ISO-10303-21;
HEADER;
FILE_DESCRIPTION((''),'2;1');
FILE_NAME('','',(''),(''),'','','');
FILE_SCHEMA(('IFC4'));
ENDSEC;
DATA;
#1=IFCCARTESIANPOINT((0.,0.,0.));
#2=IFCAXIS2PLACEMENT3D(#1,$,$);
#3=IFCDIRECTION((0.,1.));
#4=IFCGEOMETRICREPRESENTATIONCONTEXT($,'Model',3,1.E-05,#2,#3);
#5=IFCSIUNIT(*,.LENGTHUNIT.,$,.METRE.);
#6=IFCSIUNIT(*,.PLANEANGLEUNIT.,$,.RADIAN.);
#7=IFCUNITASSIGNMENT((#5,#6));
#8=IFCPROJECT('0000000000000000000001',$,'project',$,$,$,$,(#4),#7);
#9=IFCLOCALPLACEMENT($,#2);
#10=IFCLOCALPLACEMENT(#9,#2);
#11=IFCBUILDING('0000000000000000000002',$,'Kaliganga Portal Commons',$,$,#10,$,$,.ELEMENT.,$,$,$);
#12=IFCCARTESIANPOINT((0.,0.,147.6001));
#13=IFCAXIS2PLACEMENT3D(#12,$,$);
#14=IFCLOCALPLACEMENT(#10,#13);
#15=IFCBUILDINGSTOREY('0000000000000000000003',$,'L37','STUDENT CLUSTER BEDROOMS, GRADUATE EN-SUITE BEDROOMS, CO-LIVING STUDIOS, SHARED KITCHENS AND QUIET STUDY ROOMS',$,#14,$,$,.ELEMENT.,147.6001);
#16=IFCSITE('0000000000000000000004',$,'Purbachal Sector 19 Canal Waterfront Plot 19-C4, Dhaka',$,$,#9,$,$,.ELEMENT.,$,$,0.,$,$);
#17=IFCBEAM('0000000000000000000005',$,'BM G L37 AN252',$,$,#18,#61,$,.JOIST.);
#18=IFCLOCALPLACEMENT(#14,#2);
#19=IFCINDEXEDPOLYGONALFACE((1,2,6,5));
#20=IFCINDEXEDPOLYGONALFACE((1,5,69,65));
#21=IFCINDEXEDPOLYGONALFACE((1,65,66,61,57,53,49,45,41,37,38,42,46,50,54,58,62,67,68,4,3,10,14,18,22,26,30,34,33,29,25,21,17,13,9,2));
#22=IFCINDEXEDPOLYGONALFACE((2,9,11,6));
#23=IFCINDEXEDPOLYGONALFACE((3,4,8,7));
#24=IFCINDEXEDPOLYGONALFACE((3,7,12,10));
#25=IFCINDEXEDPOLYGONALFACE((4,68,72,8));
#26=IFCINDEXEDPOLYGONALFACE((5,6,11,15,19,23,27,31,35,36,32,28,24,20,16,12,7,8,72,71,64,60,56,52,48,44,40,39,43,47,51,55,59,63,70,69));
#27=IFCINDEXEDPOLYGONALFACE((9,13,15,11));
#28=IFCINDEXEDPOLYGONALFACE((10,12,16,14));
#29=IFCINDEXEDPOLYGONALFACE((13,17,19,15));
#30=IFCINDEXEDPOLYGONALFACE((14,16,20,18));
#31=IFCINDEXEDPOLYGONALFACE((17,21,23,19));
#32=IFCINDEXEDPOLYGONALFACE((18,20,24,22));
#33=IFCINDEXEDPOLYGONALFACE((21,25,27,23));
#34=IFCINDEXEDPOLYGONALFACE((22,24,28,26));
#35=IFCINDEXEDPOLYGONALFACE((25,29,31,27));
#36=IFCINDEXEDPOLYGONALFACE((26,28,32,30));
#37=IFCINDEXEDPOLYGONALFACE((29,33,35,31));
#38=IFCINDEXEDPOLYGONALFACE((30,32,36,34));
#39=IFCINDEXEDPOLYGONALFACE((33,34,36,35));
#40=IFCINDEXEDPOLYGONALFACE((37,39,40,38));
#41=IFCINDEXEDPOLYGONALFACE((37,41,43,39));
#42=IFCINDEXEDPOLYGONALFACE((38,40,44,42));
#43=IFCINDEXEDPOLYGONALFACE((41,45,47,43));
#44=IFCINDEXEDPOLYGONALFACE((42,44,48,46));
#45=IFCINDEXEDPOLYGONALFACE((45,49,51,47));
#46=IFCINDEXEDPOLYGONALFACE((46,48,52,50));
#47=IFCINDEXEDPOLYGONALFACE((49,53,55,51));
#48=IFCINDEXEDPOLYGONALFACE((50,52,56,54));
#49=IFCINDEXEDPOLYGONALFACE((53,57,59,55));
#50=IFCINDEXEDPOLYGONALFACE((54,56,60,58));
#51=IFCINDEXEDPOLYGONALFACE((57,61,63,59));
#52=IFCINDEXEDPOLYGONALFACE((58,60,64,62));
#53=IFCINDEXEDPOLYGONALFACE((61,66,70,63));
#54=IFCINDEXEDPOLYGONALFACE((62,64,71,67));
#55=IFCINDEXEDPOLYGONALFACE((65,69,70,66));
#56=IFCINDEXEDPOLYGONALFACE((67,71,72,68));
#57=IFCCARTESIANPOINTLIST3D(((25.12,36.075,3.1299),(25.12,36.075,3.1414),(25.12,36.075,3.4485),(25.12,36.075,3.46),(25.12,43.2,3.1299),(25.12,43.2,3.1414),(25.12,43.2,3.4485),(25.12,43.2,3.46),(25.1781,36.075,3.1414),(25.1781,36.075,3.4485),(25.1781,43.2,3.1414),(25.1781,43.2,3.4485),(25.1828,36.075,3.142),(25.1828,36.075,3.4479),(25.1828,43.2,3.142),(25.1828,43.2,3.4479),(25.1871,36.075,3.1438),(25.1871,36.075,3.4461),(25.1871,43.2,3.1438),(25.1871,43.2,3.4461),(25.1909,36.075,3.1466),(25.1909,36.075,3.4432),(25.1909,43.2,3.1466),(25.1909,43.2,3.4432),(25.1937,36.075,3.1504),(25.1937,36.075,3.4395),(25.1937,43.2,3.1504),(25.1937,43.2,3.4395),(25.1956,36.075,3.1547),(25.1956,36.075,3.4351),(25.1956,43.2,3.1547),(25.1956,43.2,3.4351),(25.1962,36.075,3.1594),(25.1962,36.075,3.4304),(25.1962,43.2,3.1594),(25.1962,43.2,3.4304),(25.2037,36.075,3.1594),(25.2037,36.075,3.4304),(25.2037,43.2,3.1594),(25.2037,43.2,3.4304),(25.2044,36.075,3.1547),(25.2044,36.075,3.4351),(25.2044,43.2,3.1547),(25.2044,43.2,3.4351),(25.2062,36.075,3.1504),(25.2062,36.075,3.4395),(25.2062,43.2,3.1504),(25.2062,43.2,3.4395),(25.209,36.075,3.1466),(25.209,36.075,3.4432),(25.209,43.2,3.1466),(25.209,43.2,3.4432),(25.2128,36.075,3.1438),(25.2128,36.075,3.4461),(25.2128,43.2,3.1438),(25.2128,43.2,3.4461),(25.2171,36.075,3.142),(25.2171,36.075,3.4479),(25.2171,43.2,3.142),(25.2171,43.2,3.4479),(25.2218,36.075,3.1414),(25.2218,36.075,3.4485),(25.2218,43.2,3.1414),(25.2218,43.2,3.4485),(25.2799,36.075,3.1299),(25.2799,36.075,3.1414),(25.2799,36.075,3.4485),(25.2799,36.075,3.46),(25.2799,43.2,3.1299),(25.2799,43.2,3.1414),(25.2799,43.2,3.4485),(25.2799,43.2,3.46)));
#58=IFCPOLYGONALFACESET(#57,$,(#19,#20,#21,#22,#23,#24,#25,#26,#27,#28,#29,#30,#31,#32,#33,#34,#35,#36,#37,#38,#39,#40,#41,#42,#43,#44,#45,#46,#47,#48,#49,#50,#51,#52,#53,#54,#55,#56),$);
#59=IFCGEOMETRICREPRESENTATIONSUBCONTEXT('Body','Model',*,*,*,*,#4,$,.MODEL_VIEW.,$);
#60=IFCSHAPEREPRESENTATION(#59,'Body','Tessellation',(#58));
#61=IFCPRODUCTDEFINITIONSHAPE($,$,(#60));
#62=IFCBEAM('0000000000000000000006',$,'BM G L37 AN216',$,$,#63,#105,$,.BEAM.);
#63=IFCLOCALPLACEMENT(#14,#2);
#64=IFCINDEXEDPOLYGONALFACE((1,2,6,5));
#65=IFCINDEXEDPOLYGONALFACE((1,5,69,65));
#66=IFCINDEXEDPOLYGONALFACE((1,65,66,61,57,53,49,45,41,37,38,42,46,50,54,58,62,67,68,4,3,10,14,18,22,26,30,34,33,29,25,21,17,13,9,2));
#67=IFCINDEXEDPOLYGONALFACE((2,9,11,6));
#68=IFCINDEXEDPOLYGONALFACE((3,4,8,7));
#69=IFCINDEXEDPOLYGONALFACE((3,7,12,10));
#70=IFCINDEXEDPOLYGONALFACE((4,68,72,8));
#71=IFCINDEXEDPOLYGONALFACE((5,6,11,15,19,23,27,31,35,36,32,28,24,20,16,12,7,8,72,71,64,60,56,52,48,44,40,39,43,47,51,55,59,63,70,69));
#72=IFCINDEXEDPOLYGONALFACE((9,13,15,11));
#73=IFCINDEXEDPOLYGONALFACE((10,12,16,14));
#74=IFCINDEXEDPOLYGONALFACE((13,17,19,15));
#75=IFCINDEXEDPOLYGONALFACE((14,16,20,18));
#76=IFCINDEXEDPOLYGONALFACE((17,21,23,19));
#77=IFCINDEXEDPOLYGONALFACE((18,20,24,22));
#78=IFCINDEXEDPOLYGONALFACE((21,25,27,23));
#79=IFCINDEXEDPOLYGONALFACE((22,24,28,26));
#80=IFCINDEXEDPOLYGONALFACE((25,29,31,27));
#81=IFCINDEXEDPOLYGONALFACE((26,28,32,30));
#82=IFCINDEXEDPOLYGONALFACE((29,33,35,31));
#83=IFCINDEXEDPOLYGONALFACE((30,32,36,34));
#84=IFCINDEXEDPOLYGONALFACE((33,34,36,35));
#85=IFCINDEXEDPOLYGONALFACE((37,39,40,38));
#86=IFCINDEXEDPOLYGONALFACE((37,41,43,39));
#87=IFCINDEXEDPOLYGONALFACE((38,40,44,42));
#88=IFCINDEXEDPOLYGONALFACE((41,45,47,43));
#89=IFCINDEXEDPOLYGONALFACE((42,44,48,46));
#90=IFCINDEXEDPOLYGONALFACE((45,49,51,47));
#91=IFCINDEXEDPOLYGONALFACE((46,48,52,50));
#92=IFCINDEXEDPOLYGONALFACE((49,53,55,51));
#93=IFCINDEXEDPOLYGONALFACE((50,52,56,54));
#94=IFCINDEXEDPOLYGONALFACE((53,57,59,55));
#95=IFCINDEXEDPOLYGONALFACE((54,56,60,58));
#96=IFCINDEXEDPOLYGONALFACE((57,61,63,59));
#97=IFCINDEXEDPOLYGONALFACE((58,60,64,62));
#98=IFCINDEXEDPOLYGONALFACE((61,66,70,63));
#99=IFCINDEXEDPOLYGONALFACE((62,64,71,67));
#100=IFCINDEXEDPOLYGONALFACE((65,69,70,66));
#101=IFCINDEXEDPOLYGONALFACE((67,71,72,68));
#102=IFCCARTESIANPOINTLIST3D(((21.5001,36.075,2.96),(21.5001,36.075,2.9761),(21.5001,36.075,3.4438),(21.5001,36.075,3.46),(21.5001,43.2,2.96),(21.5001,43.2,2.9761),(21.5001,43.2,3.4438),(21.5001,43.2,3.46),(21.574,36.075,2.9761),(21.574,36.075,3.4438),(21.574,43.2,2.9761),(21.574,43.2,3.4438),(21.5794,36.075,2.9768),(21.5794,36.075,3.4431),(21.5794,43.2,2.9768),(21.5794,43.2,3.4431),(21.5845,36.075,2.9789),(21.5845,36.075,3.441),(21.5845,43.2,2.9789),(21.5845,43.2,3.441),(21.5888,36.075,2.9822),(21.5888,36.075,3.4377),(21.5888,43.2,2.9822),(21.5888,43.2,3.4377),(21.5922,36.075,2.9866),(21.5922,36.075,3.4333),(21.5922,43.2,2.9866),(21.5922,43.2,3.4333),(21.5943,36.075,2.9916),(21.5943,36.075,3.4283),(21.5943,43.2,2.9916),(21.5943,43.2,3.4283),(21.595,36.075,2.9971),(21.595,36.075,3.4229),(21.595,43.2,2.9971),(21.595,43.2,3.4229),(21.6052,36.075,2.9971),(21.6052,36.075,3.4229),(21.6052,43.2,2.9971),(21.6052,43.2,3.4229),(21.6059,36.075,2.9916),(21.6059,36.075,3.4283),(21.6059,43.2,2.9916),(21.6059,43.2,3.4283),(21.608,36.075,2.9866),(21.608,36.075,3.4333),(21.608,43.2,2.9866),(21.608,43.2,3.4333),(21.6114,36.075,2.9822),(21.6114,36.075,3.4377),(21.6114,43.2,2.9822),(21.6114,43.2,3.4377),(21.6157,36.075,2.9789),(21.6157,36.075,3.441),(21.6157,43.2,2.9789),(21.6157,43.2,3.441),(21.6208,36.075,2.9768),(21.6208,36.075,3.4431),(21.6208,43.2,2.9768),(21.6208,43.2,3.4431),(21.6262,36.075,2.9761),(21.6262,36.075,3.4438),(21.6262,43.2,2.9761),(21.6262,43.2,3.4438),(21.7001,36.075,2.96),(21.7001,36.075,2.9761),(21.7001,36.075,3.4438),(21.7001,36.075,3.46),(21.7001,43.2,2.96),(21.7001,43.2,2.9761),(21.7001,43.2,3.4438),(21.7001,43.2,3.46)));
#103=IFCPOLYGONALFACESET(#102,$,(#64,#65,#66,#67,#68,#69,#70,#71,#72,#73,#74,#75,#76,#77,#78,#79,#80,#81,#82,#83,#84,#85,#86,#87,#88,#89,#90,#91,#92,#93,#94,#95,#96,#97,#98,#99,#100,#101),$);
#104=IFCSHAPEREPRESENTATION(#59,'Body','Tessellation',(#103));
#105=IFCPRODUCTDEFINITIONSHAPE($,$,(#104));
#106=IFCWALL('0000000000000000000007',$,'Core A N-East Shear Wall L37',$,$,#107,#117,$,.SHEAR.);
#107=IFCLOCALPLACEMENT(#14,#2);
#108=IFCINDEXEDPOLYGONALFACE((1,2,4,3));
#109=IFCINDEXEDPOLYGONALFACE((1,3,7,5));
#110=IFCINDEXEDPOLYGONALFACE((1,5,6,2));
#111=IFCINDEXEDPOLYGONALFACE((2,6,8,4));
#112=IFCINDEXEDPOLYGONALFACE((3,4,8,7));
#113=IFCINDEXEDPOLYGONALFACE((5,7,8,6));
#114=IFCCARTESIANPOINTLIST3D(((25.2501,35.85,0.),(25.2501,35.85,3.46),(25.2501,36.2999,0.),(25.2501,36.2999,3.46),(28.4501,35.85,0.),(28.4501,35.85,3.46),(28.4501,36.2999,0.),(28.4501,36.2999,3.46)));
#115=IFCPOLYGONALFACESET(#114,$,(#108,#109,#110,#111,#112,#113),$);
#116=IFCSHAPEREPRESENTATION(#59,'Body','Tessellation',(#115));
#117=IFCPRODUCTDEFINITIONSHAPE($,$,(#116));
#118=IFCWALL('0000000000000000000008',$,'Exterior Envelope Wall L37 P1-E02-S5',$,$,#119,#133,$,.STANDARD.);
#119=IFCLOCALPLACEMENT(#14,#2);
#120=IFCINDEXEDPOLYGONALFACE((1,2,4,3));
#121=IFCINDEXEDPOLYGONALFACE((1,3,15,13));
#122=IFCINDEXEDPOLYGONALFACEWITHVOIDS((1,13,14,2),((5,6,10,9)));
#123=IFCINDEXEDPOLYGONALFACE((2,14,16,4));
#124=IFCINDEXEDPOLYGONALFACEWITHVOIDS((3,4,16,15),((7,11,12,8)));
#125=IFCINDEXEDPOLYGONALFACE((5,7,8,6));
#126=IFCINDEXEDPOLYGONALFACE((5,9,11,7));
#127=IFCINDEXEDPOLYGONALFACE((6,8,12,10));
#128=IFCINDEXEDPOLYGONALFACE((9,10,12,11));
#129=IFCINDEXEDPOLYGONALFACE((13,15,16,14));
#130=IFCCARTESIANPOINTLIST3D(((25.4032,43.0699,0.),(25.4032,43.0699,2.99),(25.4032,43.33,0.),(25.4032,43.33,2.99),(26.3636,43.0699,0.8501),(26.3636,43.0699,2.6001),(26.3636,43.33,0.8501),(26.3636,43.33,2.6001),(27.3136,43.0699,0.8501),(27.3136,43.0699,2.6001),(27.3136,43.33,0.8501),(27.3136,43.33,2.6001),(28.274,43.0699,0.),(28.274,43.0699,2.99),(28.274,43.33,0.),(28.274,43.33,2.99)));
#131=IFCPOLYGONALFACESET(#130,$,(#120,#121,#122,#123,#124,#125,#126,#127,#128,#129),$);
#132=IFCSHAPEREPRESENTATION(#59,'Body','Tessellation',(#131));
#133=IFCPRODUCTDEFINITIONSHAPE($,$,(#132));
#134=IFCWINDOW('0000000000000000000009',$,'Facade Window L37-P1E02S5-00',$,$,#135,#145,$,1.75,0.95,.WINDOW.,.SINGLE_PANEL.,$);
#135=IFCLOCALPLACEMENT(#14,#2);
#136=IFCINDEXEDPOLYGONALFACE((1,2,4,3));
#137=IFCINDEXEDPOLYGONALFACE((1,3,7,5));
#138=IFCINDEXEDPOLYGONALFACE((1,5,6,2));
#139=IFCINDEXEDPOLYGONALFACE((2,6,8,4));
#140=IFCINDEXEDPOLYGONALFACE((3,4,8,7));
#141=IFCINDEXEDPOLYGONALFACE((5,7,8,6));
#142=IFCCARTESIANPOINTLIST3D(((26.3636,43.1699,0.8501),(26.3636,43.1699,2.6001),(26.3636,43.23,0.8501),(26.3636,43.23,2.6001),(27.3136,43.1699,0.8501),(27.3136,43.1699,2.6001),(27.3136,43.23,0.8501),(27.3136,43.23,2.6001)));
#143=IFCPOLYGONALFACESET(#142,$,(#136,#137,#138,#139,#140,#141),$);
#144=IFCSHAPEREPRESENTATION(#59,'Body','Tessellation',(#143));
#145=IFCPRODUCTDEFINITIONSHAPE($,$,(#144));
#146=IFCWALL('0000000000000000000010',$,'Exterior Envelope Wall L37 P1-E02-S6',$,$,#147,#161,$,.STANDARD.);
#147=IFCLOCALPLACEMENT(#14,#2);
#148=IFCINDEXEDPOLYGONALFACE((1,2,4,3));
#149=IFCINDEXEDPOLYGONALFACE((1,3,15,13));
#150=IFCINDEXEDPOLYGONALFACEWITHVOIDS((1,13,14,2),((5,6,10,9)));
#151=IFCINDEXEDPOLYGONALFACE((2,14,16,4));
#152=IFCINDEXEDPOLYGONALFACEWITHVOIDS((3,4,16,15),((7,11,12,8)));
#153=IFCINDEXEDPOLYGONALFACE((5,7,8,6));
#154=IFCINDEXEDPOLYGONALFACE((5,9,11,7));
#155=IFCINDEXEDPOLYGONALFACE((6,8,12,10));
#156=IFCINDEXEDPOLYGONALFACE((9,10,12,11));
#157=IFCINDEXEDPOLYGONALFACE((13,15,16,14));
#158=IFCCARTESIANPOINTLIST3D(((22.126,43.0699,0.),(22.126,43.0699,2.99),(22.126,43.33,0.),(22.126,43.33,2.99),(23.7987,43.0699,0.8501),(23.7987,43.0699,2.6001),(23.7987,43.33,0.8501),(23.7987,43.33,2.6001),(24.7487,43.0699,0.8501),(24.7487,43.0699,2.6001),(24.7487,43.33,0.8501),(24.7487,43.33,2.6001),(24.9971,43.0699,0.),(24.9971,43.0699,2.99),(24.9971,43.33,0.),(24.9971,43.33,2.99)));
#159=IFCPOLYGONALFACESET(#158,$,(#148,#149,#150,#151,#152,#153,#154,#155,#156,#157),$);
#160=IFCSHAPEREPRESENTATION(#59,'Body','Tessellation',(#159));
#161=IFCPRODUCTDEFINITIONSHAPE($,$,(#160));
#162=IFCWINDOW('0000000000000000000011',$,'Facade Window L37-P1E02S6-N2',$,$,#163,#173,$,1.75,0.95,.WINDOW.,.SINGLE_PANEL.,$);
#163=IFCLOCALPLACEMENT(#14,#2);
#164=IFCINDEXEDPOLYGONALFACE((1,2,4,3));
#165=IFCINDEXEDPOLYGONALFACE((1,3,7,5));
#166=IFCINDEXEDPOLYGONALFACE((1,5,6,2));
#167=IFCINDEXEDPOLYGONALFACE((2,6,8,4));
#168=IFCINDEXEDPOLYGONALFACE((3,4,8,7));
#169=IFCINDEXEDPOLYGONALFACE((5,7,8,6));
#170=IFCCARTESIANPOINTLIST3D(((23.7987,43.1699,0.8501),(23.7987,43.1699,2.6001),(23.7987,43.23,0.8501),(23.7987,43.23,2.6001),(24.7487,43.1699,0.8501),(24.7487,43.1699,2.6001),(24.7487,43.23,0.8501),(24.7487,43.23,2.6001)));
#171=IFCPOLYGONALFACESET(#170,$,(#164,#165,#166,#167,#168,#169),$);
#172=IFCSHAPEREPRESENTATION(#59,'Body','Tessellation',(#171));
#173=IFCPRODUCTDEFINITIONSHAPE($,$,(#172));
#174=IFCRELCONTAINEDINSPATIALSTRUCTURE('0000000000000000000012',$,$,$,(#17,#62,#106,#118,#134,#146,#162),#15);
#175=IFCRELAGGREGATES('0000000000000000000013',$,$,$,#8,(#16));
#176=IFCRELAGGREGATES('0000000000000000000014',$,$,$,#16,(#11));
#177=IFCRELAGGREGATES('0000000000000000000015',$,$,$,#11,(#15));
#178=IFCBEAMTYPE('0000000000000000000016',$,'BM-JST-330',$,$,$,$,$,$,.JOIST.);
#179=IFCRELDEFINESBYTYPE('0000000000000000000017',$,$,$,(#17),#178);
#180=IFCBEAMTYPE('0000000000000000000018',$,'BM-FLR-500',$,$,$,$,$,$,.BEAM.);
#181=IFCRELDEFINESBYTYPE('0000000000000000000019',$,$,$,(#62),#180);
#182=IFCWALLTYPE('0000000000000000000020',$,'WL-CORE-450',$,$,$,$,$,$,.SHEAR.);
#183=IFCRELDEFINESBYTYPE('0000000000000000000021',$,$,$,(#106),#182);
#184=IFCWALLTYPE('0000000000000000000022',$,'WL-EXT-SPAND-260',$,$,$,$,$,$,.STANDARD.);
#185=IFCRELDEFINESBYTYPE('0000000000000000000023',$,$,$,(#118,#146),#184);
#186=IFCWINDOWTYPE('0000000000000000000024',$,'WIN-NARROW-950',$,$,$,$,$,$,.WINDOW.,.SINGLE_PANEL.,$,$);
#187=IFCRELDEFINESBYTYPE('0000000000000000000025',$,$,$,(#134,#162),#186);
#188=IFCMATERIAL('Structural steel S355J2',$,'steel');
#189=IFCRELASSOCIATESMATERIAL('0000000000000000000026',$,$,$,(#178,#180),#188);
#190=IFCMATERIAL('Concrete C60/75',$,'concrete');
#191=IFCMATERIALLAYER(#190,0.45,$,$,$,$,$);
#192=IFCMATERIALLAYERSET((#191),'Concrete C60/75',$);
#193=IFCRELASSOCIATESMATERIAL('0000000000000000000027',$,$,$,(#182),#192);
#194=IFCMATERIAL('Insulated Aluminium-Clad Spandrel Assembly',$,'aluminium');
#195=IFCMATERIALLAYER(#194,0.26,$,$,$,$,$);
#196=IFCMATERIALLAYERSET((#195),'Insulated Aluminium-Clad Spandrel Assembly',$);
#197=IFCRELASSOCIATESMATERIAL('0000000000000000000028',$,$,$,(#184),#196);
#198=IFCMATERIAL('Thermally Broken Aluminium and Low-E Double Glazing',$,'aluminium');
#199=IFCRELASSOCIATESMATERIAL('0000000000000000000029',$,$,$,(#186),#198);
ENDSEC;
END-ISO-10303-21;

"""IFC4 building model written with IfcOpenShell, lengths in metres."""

from ifc_helpers import new_model, si_unit, direction, frame, frame_2d, origin, origin_2d, place, context, subcontext, project, spatial, rectangle, i_section, extrude, source, transform, mapped, material, layer, layer_set, material_profile, profile_set, type_object, element, fill, save


model = new_model("IFC4")

# Units and contexts
model_context = context("Model", 3, precision=1e-05, world=origin(), true_north=direction((0.0, 1.0)))
body_context = subcontext(model_context, "Body", "Model", "MODEL_VIEW")
ifc_project = project(units=[si_unit("LENGTHUNIT", "METRE"), si_unit("PLANEANGLEUNIT", "RADIAN")], contexts=[model_context])

# Site, building, storey
site_placement = place(None, origin())
site = spatial("IfcSite", under=ifc_project, at=site_placement, Name="Purbachal Sector 19 Canal Waterfront Plot 19-C4, Dhaka", CompositionType="ELEMENT", RefElevation=0.0)
building_placement = place(site_placement, origin())
building = spatial("IfcBuilding", under=site, at=building_placement, Name="Kaliganga Portal Commons", CompositionType="ELEMENT")
storey_placement = place(building_placement, frame((0.0, 0.0, 147.6001)))
storey = spatial("IfcBuildingStorey", under=building, at=storey_placement, Name="L37", Description="STUDENT CLUSTER BEDROOMS, GRADUATE EN-SUITE BEDROOMS, CO-LIVING STUDIOS, SHARED KITCHENS AND QUIET STUDY ROOMS", CompositionType="ELEMENT", Elevation=147.6001)

# Shared definitions
ifc_material_1 = material(Name="Concrete C60/75", Category="concrete")

# Beams
ifc_material_2 = material(Name="Structural steel S355J2", Category="steel")
ifc_material_profile_1 = material_profile(ifc_material_2, i_section(OverallWidth=0.1599, OverallDepth=0.3301, WebThickness=0.0076, FlangeThickness=0.0115, FilletRadius=0.0181, at=origin_2d()), Name="IPE 330")
ifc_profile_set_1 = profile_set([ifc_material_profile_1], Name="Structural steel S355J2 wide-flange")
beam_type_1 = type_object("IfcBeamType", Name="BM-JST-330", PredefinedType="JOIST", material=ifc_profile_set_1)
shared_shape_1 = source(origin(), body_context, "Body", "SweptSolid", [
    extrude(i_section(OverallWidth=0.1599, OverallDepth=0.3301, WebThickness=0.0076, FlangeThickness=0.0115, FilletRadius=0.0181, at=origin_2d()), origin(), (0.0, 0.0, 1.0), 7.125),
])
for number, where, z_axis, x_axis, name in (
    (1, (25.2, 36.075, 3.2949), (0.0, 1.0, 0.0), (-1.0, 0.0, 0.0), "BM G L37 AN252"),
):
    element("IfcBeam", number, at=place(storey_placement, frame(where, z_axis=z_axis, x_axis=x_axis)), inside=storey, type_object=beam_type_1, Name=name, PredefinedType="JOIST", context=body_context, shape_type="MappedRepresentation", body=[
        mapped(shared_shape_1, transform((0.0, 0.0, 0.0), x_axis=(1.0, 0.0, 0.0), y_axis=(0.0, 1.0, 0.0), z_axis=(0.0, 0.0, 1.0), scale=1.0)),
    ])
ifc_material_profile_2 = material_profile(ifc_material_2, i_section(OverallWidth=0.2, OverallDepth=0.5, WebThickness=0.0103, FlangeThickness=0.0161, FilletRadius=0.021, at=origin_2d()), Name="IPE 500")
ifc_profile_set_2 = profile_set([ifc_material_profile_2], Name="Structural steel S355J2 wide-flange")
beam_type_2 = type_object("IfcBeamType", Name="BM-FLR-500", PredefinedType="BEAM", material=ifc_profile_set_2)
shared_shape_2 = source(origin(), body_context, "Body", "SweptSolid", [
    extrude(i_section(OverallWidth=0.2, OverallDepth=0.5, WebThickness=0.0103, FlangeThickness=0.0161, FilletRadius=0.021, at=origin_2d()), origin(), (0.0, 0.0, 1.0), 7.125),
])
beam_placement = place(storey_placement, frame((21.6001, 36.075, 3.21), z_axis=(0.0, 1.0, 0.0), x_axis=(-1.0, 0.0, 0.0)))
element("IfcBeam", 2, at=beam_placement, inside=storey, type_object=beam_type_2, Name="BM G L37 AN216", PredefinedType="BEAM", context=body_context, shape_type="MappedRepresentation", body=[
    mapped(shared_shape_2, transform((0.0, 0.0, 0.0), x_axis=(1.0, 0.0, 0.0), y_axis=(0.0, 1.0, 0.0), z_axis=(0.0, 0.0, 1.0), scale=1.0)),
])

# Wall
ifc_layer_1 = layer(ifc_material_1, 0.45)
ifc_layer_set_1 = layer_set([ifc_layer_1], Name="Concrete C60/75")
wall_type_1 = type_object("IfcWallType", Name="WL-CORE-450", PredefinedType="SHEAR", material=ifc_layer_set_1)
wall_1_placement = place(storey_placement, frame((25.25, 36.075, 0.0), z_axis=(0.0, 0.0, 1.0), x_axis=(1.0, 0.0, 0.0)))
element("IfcWall", 3, at=wall_1_placement, inside=storey, type_object=wall_type_1, Name="Core A N-East Shear Wall L37", PredefinedType="SHEAR", context=body_context, shape_type="SweptSolid", body=[
    extrude(rectangle(XDim=3.2, YDim=0.45, at=frame_2d((1.6001, 0.0))), origin(), (0.0, 0.0, 1.0), 3.46),
])

# Walls, openings, windows
ifc_material_3 = material(Name="Insulated Aluminium-Clad Spandrel Assembly", Category="aluminium")
ifc_layer_2 = layer(ifc_material_3, 0.26)
ifc_layer_set_2 = layer_set([ifc_layer_2], Name="Insulated Aluminium-Clad Spandrel Assembly")
wall_type_2 = type_object("IfcWallType", Name="WL-EXT-SPAND-260", PredefinedType="STANDARD", material=ifc_layer_set_2)
wall_2_placement = place(storey_placement, frame((25.4031, 43.2, 0.0), z_axis=(0.0, 0.0, 1.0), x_axis=(1.0, 0.0, 0.0)))
wall_2 = element("IfcWall", 4, at=wall_2_placement, inside=storey, type_object=wall_type_2, Name="Exterior Envelope Wall L37 P1-E02-S5", PredefinedType="STANDARD", context=body_context, shape_type="SweptSolid", body=[
    extrude(rectangle(XDim=2.8708, YDim=0.26, at=frame_2d((1.4355, 0.0))), origin(), (0.0, 0.0, 1.0), 2.99),
])
opening_1_placement = place(wall_2_placement, frame((0.9604, 0.0, 0.8501)))
opening_1 = element("IfcOpeningElement", 5, at=opening_1_placement, cuts=wall_2, PredefinedType="OPENING", context=body_context, shape_type="SweptSolid", body=[
    extrude(rectangle(XDim=0.95, YDim=1.75, at=frame_2d((0.4751, 0.875))), frame((0.0, 0.1401, 0.0), z_axis=(0.0, -1.0, 0.0), x_axis=(1.0, 0.0, 0.0)), (0.0, 0.0, 1.0), 0.28),
])
ifc_material_4 = material(Name="Thermally Broken Aluminium and Low-E Double Glazing", Category="aluminium")
window_type = type_object("IfcWindowType", Name="WIN-NARROW-950", PartitioningType="SINGLE_PANEL", PredefinedType="WINDOW", material=ifc_material_4)
window_1_placement = place(opening_1_placement, origin())
window_1 = element("IfcWindow", 6, at=window_1_placement, inside=storey, type_object=window_type, Name="Facade Window L37-P1E02S5-00", OverallHeight=1.75, OverallWidth=0.95, PartitioningType="SINGLE_PANEL", PredefinedType="WINDOW", context=body_context, shape_type="SweptSolid", body=[
    extrude(rectangle(XDim=0.95, YDim=1.75, at=frame_2d((0.4751, 0.875))), frame((0.0, 0.03, 0.0), z_axis=(0.0, -1.0, 0.0), x_axis=(1.0, 0.0, 0.0)), (0.0, 0.0, 1.0), 0.0601),
])
fill(opening_1, window_1)
wall_3_placement = place(storey_placement, frame((22.126, 43.2, 0.0), z_axis=(0.0, 0.0, 1.0), x_axis=(1.0, 0.0, 0.0)))
wall_3 = element("IfcWall", 7, at=wall_3_placement, inside=storey, type_object=wall_type_2, Name="Exterior Envelope Wall L37 P1-E02-S6", PredefinedType="STANDARD", context=body_context, shape_type="SweptSolid", body=[
    extrude(rectangle(XDim=2.8711, YDim=0.26, at=frame_2d((1.4355, 0.0))), origin(), (0.0, 0.0, 1.0), 2.99),
])
opening_2_placement = place(wall_3_placement, frame((1.6726, 0.0, 0.8501)))
opening_2 = element("IfcOpeningElement", 8, at=opening_2_placement, cuts=wall_3, PredefinedType="OPENING", context=body_context, shape_type="SweptSolid", body=[
    extrude(rectangle(XDim=0.95, YDim=1.75, at=frame_2d((0.4751, 0.875))), frame((0.0, 0.1401, 0.0), z_axis=(0.0, -1.0, 0.0), x_axis=(1.0, 0.0, 0.0)), (0.0, 0.0, 1.0), 0.28),
])
window_2_placement = place(opening_2_placement, origin())
window_2 = element("IfcWindow", 9, at=window_2_placement, inside=storey, type_object=window_type, Name="Facade Window L37-P1E02S6-N2", OverallHeight=1.75, OverallWidth=0.95, PartitioningType="SINGLE_PANEL", PredefinedType="WINDOW", context=body_context, shape_type="SweptSolid", body=[
    extrude(rectangle(XDim=0.95, YDim=1.75, at=frame_2d((0.4751, 0.875))), frame((0.0, 0.03, 0.0), z_axis=(0.0, -1.0, 0.0), x_axis=(1.0, 0.0, 0.0)), (0.0, 0.0, 1.0), 0.0601),
])
fill(opening_2, window_2)

save(model, "model.ifc")
